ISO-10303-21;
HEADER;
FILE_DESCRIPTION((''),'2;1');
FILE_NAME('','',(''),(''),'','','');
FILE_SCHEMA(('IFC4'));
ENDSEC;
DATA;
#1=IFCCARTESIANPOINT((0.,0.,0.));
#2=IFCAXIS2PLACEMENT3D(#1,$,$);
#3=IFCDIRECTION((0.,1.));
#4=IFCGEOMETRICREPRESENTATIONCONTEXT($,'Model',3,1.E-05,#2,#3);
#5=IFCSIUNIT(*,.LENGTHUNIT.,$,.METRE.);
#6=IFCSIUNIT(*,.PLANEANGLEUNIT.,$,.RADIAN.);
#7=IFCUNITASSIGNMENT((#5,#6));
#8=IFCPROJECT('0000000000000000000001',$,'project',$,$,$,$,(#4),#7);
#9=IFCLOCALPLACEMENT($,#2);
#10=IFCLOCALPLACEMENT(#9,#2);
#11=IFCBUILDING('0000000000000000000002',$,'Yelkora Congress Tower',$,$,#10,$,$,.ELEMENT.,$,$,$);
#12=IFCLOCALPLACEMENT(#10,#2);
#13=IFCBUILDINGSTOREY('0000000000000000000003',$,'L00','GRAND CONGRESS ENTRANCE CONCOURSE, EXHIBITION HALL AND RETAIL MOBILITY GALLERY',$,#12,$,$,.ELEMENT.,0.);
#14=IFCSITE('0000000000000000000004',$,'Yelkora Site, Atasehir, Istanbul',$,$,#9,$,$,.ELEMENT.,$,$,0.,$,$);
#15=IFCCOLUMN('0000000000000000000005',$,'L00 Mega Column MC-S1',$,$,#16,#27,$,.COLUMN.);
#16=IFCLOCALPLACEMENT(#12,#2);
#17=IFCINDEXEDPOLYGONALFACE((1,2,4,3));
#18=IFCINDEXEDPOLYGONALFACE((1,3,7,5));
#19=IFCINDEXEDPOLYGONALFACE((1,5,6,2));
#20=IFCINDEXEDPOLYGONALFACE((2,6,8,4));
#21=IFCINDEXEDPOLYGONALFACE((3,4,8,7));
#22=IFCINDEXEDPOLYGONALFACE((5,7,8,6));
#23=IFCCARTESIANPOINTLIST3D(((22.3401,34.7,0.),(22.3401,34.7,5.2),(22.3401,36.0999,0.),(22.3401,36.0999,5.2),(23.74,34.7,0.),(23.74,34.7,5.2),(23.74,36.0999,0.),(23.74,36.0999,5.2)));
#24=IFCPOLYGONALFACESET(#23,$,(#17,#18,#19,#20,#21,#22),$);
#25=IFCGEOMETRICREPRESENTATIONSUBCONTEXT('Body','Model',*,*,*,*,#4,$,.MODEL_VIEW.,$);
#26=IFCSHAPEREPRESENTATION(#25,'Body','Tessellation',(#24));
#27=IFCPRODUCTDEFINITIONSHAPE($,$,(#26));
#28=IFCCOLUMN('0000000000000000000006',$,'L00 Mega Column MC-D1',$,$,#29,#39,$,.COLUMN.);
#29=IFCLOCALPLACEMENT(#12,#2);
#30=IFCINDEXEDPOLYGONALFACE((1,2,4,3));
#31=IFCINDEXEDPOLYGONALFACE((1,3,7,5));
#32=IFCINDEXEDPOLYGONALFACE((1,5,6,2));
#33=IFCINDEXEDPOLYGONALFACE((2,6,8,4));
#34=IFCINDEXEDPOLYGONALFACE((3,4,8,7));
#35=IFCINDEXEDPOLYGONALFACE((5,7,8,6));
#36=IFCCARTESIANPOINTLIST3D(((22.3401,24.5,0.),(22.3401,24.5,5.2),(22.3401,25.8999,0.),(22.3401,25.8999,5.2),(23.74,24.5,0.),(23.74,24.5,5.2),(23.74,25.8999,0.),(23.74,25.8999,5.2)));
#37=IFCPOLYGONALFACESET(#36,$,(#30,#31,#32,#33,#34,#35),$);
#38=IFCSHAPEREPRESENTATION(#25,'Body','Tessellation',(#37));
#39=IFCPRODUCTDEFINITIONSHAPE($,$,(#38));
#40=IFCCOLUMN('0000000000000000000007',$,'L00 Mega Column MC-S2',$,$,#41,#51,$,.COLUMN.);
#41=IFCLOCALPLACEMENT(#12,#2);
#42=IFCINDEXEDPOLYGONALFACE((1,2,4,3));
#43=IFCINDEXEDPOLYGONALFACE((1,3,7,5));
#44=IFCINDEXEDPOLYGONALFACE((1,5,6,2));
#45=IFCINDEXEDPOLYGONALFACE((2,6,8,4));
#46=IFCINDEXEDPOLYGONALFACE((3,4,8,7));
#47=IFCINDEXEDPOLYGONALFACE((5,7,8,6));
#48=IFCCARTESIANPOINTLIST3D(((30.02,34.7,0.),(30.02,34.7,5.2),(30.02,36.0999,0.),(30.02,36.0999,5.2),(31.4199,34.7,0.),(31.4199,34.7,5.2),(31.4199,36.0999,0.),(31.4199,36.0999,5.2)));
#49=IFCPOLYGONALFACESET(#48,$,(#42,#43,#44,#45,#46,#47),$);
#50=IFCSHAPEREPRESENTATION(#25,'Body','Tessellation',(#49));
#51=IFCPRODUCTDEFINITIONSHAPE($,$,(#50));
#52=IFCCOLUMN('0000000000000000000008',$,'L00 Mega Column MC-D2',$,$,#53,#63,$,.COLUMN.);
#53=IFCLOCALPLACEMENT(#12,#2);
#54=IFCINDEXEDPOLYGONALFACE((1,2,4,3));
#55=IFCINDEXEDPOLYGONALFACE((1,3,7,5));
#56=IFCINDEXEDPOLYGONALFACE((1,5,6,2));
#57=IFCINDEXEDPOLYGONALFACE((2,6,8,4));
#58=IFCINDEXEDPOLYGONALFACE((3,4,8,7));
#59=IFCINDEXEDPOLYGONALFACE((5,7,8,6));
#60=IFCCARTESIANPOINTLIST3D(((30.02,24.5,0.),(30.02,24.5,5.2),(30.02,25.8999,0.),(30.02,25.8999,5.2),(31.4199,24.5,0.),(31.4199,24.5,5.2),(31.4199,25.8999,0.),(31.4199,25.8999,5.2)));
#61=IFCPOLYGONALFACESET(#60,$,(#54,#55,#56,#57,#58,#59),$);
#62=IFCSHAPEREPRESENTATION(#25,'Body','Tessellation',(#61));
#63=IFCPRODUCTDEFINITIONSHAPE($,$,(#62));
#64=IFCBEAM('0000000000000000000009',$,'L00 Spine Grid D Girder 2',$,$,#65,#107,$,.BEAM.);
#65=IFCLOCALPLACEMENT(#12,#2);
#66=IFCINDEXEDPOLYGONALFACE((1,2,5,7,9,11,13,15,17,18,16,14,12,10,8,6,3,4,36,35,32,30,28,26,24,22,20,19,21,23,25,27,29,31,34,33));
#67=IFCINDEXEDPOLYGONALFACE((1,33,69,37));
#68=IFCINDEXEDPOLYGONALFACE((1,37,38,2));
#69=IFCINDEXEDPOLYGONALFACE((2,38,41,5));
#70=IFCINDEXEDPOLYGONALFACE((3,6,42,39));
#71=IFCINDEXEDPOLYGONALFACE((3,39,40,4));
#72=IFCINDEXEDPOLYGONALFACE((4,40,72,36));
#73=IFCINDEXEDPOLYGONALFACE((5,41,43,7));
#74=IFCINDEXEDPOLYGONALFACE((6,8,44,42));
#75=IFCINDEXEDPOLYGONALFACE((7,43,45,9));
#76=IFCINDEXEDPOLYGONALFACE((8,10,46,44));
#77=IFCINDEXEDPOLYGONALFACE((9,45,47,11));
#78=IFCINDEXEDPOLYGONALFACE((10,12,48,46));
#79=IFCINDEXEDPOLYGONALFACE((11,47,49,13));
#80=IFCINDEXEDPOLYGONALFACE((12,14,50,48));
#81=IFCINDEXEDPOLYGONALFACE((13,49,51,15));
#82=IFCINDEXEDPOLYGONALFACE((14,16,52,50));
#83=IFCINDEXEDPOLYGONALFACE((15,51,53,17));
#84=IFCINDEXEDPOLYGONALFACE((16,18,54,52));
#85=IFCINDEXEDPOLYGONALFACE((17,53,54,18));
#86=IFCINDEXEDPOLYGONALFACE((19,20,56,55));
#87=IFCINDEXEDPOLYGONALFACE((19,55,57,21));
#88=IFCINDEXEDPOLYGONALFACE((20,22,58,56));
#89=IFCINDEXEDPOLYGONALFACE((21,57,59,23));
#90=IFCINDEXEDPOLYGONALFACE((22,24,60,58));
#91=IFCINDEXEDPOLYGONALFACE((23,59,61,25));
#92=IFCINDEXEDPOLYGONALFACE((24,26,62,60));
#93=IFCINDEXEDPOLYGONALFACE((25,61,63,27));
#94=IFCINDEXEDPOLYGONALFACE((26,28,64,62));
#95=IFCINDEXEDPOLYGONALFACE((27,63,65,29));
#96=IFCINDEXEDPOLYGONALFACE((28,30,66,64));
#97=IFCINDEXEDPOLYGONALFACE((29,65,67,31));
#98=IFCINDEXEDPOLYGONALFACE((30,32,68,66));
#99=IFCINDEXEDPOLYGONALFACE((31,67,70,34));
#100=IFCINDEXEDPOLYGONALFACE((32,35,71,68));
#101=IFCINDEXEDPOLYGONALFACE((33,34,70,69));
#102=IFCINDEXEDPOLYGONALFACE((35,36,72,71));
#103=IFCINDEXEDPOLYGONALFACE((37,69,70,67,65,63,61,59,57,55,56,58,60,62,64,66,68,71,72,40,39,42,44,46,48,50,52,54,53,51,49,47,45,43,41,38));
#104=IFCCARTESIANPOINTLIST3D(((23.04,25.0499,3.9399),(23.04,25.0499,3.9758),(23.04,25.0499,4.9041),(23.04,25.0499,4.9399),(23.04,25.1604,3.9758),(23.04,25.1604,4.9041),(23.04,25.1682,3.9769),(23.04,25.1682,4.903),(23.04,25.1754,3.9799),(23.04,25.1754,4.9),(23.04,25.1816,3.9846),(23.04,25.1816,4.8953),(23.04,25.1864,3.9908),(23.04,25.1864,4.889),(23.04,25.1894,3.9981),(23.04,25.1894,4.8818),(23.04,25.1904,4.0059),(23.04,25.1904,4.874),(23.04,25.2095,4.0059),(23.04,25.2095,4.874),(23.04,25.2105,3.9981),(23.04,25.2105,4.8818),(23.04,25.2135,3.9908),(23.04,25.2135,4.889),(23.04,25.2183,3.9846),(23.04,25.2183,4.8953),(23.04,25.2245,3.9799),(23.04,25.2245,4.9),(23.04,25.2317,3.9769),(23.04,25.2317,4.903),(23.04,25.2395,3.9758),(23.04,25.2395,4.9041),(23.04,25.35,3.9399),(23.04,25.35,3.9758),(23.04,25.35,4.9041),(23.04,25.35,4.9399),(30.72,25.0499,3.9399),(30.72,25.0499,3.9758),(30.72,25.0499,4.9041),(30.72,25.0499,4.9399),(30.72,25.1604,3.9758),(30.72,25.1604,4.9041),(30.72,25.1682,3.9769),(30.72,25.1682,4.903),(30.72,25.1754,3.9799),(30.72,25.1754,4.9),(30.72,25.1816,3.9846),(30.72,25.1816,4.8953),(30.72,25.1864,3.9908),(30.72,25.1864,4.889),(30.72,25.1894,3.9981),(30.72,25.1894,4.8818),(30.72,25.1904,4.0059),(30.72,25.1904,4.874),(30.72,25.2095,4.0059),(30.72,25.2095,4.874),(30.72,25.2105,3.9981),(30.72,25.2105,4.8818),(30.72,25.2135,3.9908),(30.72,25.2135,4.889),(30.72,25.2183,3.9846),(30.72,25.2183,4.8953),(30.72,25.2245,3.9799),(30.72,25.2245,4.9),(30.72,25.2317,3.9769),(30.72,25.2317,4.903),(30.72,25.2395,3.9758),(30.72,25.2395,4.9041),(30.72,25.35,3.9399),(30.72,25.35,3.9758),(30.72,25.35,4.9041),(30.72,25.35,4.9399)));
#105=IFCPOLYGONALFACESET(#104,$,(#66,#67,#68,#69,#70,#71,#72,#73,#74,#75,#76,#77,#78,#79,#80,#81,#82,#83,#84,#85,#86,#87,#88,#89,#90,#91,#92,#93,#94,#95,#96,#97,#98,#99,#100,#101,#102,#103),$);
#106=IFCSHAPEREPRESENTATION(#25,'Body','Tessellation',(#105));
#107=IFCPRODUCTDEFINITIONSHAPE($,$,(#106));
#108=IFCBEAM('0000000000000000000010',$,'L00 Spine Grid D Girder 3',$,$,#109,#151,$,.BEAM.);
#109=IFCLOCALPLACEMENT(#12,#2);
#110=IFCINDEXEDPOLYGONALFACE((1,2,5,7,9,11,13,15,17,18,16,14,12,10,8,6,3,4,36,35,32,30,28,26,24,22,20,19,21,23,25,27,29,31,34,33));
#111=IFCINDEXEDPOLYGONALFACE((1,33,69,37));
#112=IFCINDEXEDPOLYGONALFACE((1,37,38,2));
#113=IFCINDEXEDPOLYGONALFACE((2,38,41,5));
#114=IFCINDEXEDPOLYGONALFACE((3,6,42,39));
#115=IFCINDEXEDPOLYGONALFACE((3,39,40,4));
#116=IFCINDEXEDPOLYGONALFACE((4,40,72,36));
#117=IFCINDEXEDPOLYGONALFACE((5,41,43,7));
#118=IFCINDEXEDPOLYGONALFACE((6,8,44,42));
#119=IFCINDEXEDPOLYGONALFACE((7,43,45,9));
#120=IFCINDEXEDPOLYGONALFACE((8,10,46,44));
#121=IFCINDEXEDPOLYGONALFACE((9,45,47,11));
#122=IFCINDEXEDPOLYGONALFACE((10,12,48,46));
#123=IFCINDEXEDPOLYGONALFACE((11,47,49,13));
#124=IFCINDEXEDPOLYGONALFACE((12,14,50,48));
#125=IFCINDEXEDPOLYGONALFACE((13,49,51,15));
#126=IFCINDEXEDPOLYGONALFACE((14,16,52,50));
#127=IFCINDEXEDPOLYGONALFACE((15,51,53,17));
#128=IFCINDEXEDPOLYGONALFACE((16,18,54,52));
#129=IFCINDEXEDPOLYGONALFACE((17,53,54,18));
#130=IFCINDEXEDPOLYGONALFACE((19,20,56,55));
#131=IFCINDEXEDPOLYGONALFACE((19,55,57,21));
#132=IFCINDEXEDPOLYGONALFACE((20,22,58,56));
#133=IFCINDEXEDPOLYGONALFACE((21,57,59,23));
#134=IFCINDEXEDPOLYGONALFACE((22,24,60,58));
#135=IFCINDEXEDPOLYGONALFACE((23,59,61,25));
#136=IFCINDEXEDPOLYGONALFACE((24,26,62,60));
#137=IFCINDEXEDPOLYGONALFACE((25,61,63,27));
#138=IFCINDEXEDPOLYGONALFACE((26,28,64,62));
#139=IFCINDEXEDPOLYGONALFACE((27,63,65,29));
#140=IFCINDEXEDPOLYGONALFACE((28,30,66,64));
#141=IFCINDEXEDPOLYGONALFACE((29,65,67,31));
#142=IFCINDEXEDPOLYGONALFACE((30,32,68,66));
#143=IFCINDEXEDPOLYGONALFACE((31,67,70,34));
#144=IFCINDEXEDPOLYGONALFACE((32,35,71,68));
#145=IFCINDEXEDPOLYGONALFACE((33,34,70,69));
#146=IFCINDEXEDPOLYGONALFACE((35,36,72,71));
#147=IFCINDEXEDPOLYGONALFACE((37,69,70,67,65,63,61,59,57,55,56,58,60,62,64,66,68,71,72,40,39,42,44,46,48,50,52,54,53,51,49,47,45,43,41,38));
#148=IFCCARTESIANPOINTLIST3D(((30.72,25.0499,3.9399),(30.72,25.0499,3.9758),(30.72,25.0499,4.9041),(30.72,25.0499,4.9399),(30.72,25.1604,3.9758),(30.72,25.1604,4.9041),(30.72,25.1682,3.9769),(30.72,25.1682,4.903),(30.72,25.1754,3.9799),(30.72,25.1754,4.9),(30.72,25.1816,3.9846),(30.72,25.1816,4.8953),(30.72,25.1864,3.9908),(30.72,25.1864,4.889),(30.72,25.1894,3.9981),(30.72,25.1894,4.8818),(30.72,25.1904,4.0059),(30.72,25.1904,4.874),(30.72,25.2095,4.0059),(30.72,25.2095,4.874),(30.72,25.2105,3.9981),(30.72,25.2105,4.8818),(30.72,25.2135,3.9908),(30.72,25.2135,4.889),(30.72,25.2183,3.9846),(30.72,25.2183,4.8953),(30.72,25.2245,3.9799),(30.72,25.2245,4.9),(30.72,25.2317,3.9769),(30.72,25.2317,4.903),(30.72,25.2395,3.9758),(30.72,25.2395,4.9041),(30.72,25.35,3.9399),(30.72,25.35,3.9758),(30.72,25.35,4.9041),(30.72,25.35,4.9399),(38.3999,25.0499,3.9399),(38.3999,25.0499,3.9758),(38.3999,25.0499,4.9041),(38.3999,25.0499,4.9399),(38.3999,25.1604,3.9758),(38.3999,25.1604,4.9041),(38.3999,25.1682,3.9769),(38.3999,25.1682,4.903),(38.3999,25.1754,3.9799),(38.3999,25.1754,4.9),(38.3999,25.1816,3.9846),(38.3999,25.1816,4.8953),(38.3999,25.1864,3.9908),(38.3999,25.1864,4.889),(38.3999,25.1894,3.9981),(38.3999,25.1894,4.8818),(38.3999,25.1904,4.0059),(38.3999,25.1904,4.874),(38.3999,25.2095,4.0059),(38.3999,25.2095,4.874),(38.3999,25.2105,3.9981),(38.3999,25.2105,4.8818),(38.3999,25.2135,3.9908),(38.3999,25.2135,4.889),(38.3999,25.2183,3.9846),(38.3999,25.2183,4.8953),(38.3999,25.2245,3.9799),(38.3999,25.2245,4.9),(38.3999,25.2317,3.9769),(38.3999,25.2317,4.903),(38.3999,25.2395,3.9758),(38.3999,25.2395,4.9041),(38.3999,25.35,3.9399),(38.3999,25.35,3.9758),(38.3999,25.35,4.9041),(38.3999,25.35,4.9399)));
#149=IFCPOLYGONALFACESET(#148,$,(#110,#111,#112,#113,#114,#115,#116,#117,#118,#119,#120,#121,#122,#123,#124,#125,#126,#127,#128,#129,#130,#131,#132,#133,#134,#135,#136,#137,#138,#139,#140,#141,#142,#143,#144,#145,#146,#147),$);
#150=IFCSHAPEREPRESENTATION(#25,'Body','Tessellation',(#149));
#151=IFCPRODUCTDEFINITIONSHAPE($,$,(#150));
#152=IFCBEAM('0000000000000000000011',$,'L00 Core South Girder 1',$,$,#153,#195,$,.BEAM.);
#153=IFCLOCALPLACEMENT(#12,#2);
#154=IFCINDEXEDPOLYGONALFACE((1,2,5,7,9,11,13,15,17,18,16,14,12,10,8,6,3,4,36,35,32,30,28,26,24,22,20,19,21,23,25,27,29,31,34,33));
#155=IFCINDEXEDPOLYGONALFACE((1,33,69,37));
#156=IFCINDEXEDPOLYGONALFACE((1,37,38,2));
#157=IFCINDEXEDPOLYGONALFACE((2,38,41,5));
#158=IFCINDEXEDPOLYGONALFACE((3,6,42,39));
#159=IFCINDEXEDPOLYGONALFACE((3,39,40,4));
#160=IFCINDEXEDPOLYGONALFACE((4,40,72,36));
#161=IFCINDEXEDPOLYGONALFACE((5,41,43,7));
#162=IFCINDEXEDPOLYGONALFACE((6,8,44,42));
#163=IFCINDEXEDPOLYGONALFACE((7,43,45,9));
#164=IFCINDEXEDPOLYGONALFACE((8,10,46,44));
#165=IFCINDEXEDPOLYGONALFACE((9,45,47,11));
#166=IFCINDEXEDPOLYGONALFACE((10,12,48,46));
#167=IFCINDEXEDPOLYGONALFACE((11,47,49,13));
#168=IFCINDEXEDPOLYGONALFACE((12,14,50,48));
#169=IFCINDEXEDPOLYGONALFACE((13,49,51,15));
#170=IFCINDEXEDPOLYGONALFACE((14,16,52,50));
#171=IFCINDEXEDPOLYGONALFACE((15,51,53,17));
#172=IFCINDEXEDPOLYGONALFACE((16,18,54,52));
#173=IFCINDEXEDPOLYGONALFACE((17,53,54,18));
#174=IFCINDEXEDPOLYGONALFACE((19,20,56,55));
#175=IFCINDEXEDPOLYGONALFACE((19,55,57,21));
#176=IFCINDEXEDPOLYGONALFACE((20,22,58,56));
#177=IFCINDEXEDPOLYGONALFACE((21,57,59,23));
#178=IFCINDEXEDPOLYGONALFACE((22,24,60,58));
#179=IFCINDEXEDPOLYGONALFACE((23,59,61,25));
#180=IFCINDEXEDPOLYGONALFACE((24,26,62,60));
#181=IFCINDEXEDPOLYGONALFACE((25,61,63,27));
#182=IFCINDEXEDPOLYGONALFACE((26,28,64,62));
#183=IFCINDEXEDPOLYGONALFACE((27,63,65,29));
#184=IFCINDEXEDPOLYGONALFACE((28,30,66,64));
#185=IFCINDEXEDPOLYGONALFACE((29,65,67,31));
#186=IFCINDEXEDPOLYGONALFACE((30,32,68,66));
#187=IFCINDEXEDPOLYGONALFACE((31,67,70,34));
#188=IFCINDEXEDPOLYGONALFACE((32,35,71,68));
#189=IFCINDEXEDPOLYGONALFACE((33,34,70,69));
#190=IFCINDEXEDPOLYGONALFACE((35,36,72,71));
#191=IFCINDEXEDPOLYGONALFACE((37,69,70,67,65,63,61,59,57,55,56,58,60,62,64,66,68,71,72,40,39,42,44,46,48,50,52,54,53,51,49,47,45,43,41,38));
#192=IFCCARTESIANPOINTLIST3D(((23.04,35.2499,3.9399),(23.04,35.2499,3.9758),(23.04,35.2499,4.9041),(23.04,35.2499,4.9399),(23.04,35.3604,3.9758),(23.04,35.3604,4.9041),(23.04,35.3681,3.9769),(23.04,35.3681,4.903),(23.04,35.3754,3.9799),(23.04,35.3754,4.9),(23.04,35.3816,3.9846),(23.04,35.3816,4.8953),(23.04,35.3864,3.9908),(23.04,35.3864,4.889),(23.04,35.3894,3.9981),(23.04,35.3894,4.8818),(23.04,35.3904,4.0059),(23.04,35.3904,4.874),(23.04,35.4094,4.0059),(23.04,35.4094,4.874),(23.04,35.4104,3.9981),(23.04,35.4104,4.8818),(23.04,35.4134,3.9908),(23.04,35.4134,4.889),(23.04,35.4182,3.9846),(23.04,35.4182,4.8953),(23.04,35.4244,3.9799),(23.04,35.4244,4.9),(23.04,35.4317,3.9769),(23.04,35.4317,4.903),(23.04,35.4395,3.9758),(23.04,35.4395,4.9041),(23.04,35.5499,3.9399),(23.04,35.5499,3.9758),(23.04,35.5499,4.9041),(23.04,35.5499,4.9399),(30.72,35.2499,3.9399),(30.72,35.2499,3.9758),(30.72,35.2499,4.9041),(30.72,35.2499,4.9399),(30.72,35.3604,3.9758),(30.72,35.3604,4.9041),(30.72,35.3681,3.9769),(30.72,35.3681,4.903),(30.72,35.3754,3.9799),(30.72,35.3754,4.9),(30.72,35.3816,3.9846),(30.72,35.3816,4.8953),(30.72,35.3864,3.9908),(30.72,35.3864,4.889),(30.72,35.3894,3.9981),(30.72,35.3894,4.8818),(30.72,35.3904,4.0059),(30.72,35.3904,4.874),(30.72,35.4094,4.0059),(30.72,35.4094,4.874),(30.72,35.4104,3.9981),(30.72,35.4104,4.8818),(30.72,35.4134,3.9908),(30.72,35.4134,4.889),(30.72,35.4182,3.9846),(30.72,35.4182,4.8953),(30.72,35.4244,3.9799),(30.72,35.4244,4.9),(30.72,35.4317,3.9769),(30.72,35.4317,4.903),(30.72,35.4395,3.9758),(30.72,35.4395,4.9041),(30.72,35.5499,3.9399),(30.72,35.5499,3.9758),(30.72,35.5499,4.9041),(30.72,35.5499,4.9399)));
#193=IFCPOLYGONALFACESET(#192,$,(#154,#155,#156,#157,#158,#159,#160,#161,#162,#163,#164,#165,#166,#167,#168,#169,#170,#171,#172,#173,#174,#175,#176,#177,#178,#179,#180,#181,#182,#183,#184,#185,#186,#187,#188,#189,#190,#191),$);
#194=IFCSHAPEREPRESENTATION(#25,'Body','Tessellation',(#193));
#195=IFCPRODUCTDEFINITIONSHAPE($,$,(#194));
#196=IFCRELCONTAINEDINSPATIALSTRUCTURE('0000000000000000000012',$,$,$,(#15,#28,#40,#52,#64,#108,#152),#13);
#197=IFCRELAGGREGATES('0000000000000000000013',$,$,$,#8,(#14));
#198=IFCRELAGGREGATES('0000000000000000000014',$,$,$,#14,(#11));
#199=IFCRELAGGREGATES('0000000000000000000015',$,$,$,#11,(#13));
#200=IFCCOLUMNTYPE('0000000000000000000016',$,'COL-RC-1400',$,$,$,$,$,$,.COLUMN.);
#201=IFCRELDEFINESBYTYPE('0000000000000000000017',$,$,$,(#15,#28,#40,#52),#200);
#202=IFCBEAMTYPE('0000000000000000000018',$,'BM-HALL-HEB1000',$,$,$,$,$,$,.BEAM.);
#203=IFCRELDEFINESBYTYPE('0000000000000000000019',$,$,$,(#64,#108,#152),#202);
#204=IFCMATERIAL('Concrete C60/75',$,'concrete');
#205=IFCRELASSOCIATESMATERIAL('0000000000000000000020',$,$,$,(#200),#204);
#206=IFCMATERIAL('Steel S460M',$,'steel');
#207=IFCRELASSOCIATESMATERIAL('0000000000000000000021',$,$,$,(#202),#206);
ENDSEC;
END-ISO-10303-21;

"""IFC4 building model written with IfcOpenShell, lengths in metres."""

from ifc_helpers import new_model, si_unit, direction, frame, origin, origin_2d, place, context, subcontext, project, spatial, rectangle, i_section, extrude, material, material_profile, profile_set, type_object, element, save


model = new_model("IFC4")

# Units and contexts
model_context = context("Model", 3, precision=1e-05, world=origin(), true_north=direction((0.0, 1.0)))
body_context = subcontext(model_context, "Body", "Model", "MODEL_VIEW")
ifc_project = project(units=[si_unit("LENGTHUNIT", "METRE"), si_unit("PLANEANGLEUNIT", "RADIAN")], contexts=[model_context])

# Site, building, storey
site_placement = place(None, origin())
site = spatial("IfcSite", under=ifc_project, at=site_placement, Name="Yelkora Site, Atasehir, Istanbul", CompositionType="ELEMENT", RefElevation=0.0)
building_placement = place(site_placement, origin())
building = spatial("IfcBuilding", under=site, at=building_placement, Name="Yelkora Congress Tower", CompositionType="ELEMENT")
storey_placement = place(building_placement, origin())
storey = spatial("IfcBuildingStorey", under=building, at=storey_placement, Name="L00", Description="GRAND CONGRESS ENTRANCE CONCOURSE, EXHIBITION HALL AND RETAIL MOBILITY GALLERY", CompositionType="ELEMENT", Elevation=0.0)

# Columns
ifc_material_1 = material(Name="Concrete C60/75", Category="concrete")
ifc_material_profile_1 = material_profile(ifc_material_1, rectangle(XDim=1.3999, YDim=1.3999, at=origin_2d()), Name="RC 1400x1400")
ifc_profile_set_1 = profile_set([ifc_material_profile_1], Name="Concrete C60/75")
column_type = type_object("IfcColumnType", Name="COL-RC-1400", PredefinedType="COLUMN", material=ifc_profile_set_1)
for number, where, z_axis, x_axis, name in (
    (1, (23.04, 35.3999, 0.0), (0.0, 0.0, 1.0), (1.0, 0.0, 0.0), "L00 Mega Column MC-S1"),
    (2, (23.04, 25.2, 0.0), (0.0, 0.0, 1.0), (1.0, 0.0, 0.0), "L00 Mega Column MC-D1"),
    (3, (30.72, 35.3999, 0.0), (0.0, 0.0, 1.0), (1.0, 0.0, 0.0), "L00 Mega Column MC-S2"),
    (4, (30.72, 25.2, 0.0), (0.0, 0.0, 1.0), (1.0, 0.0, 0.0), "L00 Mega Column MC-D2"),
):
    element("IfcColumn", number, at=place(storey_placement, frame(where, z_axis=z_axis, x_axis=x_axis)), inside=storey, type_object=column_type, Name=name, PredefinedType="COLUMN", context=body_context, shape_type="SweptSolid", body=[
        extrude(rectangle(XDim=1.3999, YDim=1.3999, at=origin_2d()), origin(), (0.0, 0.0, 1.0), 5.2),
    ])

# Beams
ifc_material_2 = material(Name="Steel S460M", Category="steel")
ifc_material_profile_2 = material_profile(ifc_material_2, i_section(OverallWidth=0.3, OverallDepth=1.0, WebThickness=0.019, FlangeThickness=0.0359, FilletRadius=0.03, at=origin_2d()), Name="HEB 1000")
ifc_profile_set_2 = profile_set([ifc_material_profile_2], Name="Steel S460M")
beam_type_1 = type_object("IfcBeamType", Name="BM-HALL-HEB1000", PredefinedType="BEAM", material=ifc_profile_set_2)
for number, where, z_axis, x_axis, name in (
    (5, (23.04, 25.2, 4.4399), (1.0, 0.0, 0.0), (0.0, 1.0, 0.0), "L00 Spine Grid D Girder 2"),
    (6, (30.72, 25.2, 4.4399), (1.0, 0.0, 0.0), (0.0, 1.0, 0.0), "L00 Spine Grid D Girder 3"),
    (7, (23.04, 35.3999, 4.4399), (1.0, 0.0, 0.0), (0.0, 1.0, 0.0), "L00 Core South Girder 1"),
):
    element("IfcBeam", number, at=place(storey_placement, frame(where, z_axis=z_axis, x_axis=x_axis)), inside=storey, type_object=beam_type_1, Name=name, PredefinedType="BEAM", context=body_context, shape_type="SweptSolid", body=[
        extrude(i_section(OverallWidth=0.3, OverallDepth=1.0, WebThickness=0.019, FlangeThickness=0.0359, FilletRadius=0.03, at=origin_2d()), origin(), (0.0, 0.0, 1.0), 7.6799),
    ])

save(model, "model.ifc")
